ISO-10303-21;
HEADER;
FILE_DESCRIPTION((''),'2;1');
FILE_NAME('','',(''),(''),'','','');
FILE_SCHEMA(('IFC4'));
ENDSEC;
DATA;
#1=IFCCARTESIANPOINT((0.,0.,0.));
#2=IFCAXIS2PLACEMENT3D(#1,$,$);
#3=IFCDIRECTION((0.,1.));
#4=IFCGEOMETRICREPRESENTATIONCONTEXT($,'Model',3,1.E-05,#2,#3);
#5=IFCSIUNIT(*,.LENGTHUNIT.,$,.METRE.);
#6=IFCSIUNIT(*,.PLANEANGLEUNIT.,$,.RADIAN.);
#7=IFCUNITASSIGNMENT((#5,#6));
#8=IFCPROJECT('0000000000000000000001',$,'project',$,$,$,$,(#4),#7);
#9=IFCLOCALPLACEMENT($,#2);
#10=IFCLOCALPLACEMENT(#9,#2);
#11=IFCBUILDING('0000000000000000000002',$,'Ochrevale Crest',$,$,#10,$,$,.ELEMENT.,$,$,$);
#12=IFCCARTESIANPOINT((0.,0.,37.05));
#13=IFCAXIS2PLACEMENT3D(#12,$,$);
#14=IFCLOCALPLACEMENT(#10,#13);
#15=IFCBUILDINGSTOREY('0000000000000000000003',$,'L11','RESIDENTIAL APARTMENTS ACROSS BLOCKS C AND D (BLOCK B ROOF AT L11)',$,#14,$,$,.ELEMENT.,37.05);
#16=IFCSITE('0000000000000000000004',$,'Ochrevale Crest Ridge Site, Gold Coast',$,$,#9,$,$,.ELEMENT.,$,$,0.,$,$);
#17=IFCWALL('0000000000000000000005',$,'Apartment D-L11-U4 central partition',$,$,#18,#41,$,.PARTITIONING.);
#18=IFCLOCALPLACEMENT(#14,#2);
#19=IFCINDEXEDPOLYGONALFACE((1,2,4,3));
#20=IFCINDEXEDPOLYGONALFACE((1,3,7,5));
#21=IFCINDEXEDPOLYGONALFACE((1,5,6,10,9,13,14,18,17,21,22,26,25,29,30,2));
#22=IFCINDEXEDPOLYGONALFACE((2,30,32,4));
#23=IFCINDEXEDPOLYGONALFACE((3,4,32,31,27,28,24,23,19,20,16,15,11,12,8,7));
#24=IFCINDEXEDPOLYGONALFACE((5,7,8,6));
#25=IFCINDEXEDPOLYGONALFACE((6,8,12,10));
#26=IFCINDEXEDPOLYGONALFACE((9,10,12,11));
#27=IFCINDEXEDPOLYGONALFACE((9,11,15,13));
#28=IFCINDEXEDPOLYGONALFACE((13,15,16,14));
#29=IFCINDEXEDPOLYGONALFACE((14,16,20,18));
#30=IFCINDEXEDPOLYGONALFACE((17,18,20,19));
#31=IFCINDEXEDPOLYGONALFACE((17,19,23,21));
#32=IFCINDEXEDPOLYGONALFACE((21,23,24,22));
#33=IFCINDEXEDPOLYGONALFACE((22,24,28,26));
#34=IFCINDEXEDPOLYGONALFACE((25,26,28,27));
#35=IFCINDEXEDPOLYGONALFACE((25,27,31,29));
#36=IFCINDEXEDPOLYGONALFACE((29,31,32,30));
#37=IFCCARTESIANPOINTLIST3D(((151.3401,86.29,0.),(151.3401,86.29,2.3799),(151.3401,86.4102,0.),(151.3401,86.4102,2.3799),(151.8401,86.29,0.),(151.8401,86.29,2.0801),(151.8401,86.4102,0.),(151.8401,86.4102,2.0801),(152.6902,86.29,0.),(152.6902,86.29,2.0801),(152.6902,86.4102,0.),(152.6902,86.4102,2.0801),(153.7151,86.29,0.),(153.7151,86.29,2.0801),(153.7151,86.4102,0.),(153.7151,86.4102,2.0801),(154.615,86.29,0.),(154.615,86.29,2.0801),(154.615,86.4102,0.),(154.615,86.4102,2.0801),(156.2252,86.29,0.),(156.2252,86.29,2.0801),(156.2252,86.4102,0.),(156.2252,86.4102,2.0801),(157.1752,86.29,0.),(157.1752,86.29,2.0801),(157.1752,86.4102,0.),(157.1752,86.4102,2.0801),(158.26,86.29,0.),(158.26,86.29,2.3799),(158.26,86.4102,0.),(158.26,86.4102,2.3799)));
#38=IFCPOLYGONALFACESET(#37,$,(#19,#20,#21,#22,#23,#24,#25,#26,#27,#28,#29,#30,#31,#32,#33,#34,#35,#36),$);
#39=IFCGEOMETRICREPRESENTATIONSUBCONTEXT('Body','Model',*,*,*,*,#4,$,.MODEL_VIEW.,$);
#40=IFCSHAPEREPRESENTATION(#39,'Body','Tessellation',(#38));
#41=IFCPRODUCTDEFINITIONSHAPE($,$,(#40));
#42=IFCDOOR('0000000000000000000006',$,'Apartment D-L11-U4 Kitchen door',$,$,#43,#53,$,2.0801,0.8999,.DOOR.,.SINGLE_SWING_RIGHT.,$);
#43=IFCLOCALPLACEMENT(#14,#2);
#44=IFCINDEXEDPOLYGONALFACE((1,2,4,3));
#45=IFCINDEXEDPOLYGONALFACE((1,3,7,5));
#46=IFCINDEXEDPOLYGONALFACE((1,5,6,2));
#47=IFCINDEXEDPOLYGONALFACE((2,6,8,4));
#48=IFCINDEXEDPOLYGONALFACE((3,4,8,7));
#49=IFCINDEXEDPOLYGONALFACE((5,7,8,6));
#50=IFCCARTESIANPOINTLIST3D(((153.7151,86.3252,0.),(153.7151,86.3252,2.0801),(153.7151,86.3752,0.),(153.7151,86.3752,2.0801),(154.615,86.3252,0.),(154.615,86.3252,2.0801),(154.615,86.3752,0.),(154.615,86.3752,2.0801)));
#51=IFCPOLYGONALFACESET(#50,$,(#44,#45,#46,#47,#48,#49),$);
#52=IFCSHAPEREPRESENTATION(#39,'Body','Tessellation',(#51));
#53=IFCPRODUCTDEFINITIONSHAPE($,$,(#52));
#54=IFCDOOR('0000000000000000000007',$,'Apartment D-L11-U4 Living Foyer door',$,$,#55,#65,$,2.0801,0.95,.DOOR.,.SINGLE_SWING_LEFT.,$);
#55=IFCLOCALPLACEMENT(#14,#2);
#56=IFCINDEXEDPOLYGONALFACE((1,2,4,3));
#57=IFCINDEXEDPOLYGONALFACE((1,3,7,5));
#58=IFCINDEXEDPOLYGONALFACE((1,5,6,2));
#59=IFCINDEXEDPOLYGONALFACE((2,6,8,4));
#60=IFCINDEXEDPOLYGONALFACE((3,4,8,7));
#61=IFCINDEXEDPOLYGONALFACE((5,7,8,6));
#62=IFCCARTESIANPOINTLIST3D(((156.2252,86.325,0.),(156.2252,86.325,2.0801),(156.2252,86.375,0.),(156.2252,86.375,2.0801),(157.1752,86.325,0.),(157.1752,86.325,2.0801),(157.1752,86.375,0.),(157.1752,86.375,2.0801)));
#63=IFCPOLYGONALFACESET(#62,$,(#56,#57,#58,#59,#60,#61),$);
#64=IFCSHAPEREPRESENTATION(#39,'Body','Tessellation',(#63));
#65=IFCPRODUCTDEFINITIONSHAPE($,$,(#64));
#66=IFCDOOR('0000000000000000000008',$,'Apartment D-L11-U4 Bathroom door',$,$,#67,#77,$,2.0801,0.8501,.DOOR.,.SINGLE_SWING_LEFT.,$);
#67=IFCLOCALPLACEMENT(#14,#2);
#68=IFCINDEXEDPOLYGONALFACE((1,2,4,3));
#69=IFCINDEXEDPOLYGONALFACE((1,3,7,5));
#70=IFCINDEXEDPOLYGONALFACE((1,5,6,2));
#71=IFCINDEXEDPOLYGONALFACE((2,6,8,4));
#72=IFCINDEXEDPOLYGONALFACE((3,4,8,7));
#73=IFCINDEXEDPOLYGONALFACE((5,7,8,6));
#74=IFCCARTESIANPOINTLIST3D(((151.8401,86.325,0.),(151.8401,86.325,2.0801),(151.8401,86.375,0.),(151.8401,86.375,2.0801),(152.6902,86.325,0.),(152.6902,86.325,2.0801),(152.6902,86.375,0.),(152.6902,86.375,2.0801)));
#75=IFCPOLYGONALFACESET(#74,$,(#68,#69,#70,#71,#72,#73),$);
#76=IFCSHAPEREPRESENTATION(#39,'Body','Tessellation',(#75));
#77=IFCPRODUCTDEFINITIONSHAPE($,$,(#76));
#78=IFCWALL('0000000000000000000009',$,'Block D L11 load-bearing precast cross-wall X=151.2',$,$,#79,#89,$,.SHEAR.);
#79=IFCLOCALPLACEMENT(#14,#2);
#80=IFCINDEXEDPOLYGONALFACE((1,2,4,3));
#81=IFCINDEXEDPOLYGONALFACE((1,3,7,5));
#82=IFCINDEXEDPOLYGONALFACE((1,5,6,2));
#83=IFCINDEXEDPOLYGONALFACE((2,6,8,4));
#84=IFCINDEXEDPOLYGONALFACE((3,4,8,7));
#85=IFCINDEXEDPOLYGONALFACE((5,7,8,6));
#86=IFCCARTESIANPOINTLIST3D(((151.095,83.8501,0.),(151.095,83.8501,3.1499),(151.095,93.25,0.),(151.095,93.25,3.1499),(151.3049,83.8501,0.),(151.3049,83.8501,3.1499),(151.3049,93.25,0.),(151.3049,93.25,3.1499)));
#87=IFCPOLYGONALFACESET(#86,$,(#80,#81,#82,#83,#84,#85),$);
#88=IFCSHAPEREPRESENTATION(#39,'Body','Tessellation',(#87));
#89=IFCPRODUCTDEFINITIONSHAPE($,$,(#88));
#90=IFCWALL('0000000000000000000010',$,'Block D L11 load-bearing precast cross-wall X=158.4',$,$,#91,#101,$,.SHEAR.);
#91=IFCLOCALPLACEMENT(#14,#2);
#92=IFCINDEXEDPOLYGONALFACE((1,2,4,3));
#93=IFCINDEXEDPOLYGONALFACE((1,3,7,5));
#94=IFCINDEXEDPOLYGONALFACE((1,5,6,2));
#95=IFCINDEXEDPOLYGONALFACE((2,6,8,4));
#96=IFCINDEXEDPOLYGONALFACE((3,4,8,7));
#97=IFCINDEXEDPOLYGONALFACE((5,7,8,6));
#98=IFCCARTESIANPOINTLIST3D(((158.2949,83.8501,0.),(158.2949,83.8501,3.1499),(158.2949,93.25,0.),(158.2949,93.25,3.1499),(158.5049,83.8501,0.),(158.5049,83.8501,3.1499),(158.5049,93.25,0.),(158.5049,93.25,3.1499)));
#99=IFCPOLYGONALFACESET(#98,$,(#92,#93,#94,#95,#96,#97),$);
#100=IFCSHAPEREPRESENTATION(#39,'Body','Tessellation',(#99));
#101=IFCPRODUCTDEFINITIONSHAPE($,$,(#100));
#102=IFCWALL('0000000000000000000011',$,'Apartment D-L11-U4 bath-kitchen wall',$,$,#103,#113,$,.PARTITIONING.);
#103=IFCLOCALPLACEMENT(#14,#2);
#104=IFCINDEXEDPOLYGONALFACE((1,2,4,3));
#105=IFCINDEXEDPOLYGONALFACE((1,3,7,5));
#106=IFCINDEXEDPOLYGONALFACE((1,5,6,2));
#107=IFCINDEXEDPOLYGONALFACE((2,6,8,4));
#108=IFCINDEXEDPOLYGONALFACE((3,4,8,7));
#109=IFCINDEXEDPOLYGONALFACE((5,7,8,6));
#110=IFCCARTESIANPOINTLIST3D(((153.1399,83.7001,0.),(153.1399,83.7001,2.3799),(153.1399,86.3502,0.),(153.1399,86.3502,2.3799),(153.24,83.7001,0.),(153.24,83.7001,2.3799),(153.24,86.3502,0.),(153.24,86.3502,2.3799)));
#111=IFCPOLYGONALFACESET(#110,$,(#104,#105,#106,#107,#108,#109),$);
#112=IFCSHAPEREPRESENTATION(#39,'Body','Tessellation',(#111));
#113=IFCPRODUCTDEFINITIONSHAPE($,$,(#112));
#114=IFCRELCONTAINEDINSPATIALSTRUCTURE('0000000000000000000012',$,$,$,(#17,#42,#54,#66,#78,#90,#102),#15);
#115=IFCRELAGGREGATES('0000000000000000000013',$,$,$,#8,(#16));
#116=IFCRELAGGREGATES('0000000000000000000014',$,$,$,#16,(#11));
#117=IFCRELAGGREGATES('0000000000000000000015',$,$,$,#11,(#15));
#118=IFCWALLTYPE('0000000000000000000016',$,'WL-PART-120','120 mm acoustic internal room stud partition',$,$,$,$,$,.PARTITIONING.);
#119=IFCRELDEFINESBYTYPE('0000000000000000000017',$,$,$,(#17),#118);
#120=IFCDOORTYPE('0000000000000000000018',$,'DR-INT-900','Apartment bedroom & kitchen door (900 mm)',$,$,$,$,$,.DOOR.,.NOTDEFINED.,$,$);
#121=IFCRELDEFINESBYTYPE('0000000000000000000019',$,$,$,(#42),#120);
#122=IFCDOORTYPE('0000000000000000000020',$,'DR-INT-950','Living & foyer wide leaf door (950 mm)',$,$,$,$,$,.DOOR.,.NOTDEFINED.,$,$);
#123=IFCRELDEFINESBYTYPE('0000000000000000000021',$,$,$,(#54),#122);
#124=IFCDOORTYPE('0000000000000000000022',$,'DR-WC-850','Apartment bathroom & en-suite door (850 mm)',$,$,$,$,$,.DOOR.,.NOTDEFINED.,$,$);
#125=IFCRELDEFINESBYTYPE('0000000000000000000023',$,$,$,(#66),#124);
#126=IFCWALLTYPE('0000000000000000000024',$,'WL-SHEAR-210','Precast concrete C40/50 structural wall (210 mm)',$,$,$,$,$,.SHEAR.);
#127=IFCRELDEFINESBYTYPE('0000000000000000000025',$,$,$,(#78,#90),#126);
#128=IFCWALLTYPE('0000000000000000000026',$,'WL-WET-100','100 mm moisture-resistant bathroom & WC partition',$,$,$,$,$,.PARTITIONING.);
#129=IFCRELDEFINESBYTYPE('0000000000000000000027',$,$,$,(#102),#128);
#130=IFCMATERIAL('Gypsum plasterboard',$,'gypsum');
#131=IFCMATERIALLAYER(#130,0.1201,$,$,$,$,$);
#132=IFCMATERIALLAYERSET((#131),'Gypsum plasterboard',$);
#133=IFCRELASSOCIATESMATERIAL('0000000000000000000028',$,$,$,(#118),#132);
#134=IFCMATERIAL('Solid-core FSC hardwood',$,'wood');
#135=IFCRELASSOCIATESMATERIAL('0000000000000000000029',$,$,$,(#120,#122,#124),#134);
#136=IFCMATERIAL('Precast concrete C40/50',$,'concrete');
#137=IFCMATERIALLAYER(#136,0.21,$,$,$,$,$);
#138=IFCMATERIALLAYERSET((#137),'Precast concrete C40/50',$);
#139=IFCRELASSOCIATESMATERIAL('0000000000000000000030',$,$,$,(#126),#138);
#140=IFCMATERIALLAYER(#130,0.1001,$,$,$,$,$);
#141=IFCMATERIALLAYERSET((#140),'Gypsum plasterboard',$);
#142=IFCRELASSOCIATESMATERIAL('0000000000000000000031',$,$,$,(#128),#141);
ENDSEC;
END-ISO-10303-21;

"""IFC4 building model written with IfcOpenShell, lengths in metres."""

from ifc_helpers import new_model, si_unit, direction, frame, frame_2d, origin, place, context, subcontext, project, spatial, rectangle, extrude, material, layer, layer_set, type_object, element, fill, save


model = new_model("IFC4")

# Units and contexts
model_context = context("Model", 3, precision=1e-05, world=origin(), true_north=direction((0.0, 1.0)))
body_context = subcontext(model_context, "Body", "Model", "MODEL_VIEW")
ifc_project = project(units=[si_unit("LENGTHUNIT", "METRE"), si_unit("PLANEANGLEUNIT", "RADIAN")], contexts=[model_context])

# Site, building, storey
site_placement = place(None, origin())
site = spatial("IfcSite", under=ifc_project, at=site_placement, Name="Ochrevale Crest Ridge Site, Gold Coast", CompositionType="ELEMENT", RefElevation=0.0)
building_placement = place(site_placement, origin())
building = spatial("IfcBuilding", under=site, at=building_placement, Name="Ochrevale Crest", CompositionType="ELEMENT")
storey_placement = place(building_placement, frame((0.0, 0.0, 37.05)))
storey = spatial("IfcBuildingStorey", under=building, at=storey_placement, Name="L11", Description="RESIDENTIAL APARTMENTS ACROSS BLOCKS C AND D (BLOCK B ROOF AT L11)", CompositionType="ELEMENT", Elevation=37.05)

# Shared definitions
ifc_material_1 = material(Name="Gypsum plasterboard", Category="gypsum")
ifc_material_2 = material(Name="Solid-core FSC hardwood", Category="wood")

# Shared definitions
ifc_layer_1 = layer(ifc_material_1, 0.1201)
ifc_layer_set_1 = layer_set([ifc_layer_1], Name="Gypsum plasterboard")
wall_type_1 = type_object("IfcWallType", Name="WL-PART-120", Description="120 mm acoustic internal room stud partition", PredefinedType="PARTITIONING", material=ifc_layer_set_1)

# Wall, openings, doors
wall_1_placement = place(storey_placement, frame((151.3401, 86.3501, 0.0), z_axis=(0.0, 0.0, 1.0), x_axis=(1.0, 0.0, 0.0)))
wall_1 = element("IfcWall", 1, at=wall_1_placement, inside=storey, type_object=wall_type_1, Name="Apartment D-L11-U4 central partition", PredefinedType="PARTITIONING", context=body_context, shape_type="SweptSolid", body=[
    extrude(rectangle(XDim=6.9199, YDim=0.1201, at=frame_2d((3.46, 0.0))), origin(), (0.0, 0.0, 1.0), 2.3799),
])
opening_1_placement = place(wall_1_placement, frame((0.5, 0.0, 0.0)))
opening_1 = element("IfcOpeningElement", 2, at=opening_1_placement, cuts=wall_1, PredefinedType="OPENING", context=body_context, shape_type="SweptSolid", body=[
    extrude(rectangle(XDim=0.8501, YDim=2.0801, at=frame_2d((0.425, 1.04))), frame((0.0, 0.0701, 0.0), z_axis=(0.0, -1.0, 0.0), x_axis=(1.0, 0.0, 0.0)), (0.0, 0.0, 1.0), 0.1401),
])
opening_2_placement = place(wall_1_placement, frame((3.2749, 0.0, 0.0), z_axis=(0.0, 0.0, 1.0), x_axis=(-1.0, 0.0, 0.0)))
opening_2 = element("IfcOpeningElement", 3, at=opening_2_placement, cuts=wall_1, PredefinedType="OPENING", context=body_context, shape_type="SweptSolid", body=[
    extrude(rectangle(XDim=0.8999, YDim=2.0801, at=frame_2d((0.45, 1.04))), frame((0.0, 0.0701, 0.0), z_axis=(0.0, -1.0, 0.0), x_axis=(1.0, 0.0, 0.0)), (0.0, 0.0, 1.0), 0.1401),
])
opening_3_placement = place(wall_1_placement, frame((4.885, 0.0, 0.0)))
opening_3 = element("IfcOpeningElement", 4, at=opening_3_placement, cuts=wall_1, PredefinedType="OPENING", context=body_context, shape_type="SweptSolid", body=[
    extrude(rectangle(XDim=0.95, YDim=2.0801, at=frame_2d((0.4751, 1.04))), frame((0.0, 0.0701, 0.0), z_axis=(0.0, -1.0, 0.0), x_axis=(1.0, 0.0, 0.0)), (0.0, 0.0, 1.0), 0.1401),
])
door_type_1 = type_object("IfcDoorType", Name="DR-INT-900", Description="Apartment bedroom & kitchen door (900 mm)", OperationType="NOTDEFINED", PredefinedType="DOOR", material=ifc_material_2)
door_1_placement = place(opening_2_placement, origin())
door_1 = element("IfcDoor", 5, at=door_1_placement, inside=storey, type_object=door_type_1, Name="Apartment D-L11-U4 Kitchen door", OperationType="SINGLE_SWING_RIGHT", OverallHeight=2.0801, OverallWidth=0.8999, PredefinedType="DOOR", context=body_context, shape_type="SweptSolid", body=[
    extrude(rectangle(XDim=0.8999, YDim=2.0801, at=frame_2d((0.45, 1.04))), frame((0.0, 0.0249, 0.0), z_axis=(0.0, -1.0, 0.0), x_axis=(1.0, 0.0, 0.0)), (0.0, 0.0, 1.0), 0.05),
])
fill(opening_2, door_1)
door_type_2 = type_object("IfcDoorType", Name="DR-INT-950", Description="Living & foyer wide leaf door (950 mm)", OperationType="NOTDEFINED", PredefinedType="DOOR", material=ifc_material_2)
door_2_placement = place(opening_3_placement, origin())
door_2 = element("IfcDoor", 6, at=door_2_placement, inside=storey, type_object=door_type_2, Name="Apartment D-L11-U4 Living Foyer door", OperationType="SINGLE_SWING_LEFT", OverallHeight=2.0801, OverallWidth=0.95, PredefinedType="DOOR", context=body_context, shape_type="SweptSolid", body=[
    extrude(rectangle(XDim=0.95, YDim=2.0801, at=frame_2d((0.4751, 1.04))), frame((0.0, 0.0249, 0.0), z_axis=(0.0, -1.0, 0.0), x_axis=(1.0, 0.0, 0.0)), (0.0, 0.0, 1.0), 0.05),
])
fill(opening_3, door_2)
door_type_3 = type_object("IfcDoorType", Name="DR-WC-850", Description="Apartment bathroom & en-suite door (850 mm)", OperationType="NOTDEFINED", PredefinedType="DOOR", material=ifc_material_2)
door_3_placement = place(opening_1_placement, origin())
door_3 = element("IfcDoor", 7, at=door_3_placement, inside=storey, type_object=door_type_3, Name="Apartment D-L11-U4 Bathroom door", OperationType="SINGLE_SWING_LEFT", OverallHeight=2.0801, OverallWidth=0.8501, PredefinedType="DOOR", context=body_context, shape_type="SweptSolid", body=[
    extrude(rectangle(XDim=0.8501, YDim=2.0801, at=frame_2d((0.425, 1.04))), frame((0.0, 0.0249, 0.0), z_axis=(0.0, -1.0, 0.0), x_axis=(1.0, 0.0, 0.0)), (0.0, 0.0, 1.0), 0.05),
])
fill(opening_1, door_3)

# Walls
ifc_material_3 = material(Name="Precast concrete C40/50", Category="concrete")
ifc_layer_2 = layer(ifc_material_3, 0.21)
ifc_layer_set_2 = layer_set([ifc_layer_2], Name="Precast concrete C40/50")
wall_type_2 = type_object("IfcWallType", Name="WL-SHEAR-210", Description="Precast concrete C40/50 structural wall (210 mm)", PredefinedType="SHEAR", material=ifc_layer_set_2)
for number, where, z_axis, x_axis, name in (
    (8, (151.2, 83.8501, 0.0), (0.0, 0.0, 1.0), (0.0, 1.0, 0.0), "Block D L11 load-bearing precast cross-wall X=151.2"),
    (9, (158.3999, 83.8501, 0.0), (0.0, 0.0, 1.0), (0.0, 1.0, 0.0), "Block D L11 load-bearing precast cross-wall X=158.4"),
):
    element("IfcWall", number, at=place(storey_placement, frame(where, z_axis=z_axis, x_axis=x_axis)), inside=storey, type_object=wall_type_2, Name=name, PredefinedType="SHEAR", context=body_context, shape_type="SweptSolid", body=[
        extrude(rectangle(XDim=9.3999, YDim=0.21, at=frame_2d((4.7, 0.0))), origin(), (0.0, 0.0, 1.0), 3.1499),
    ])
ifc_layer_3 = layer(ifc_material_1, 0.1001)
ifc_layer_set_3 = layer_set([ifc_layer_3], Name="Gypsum plasterboard")
wall_type_3 = type_object("IfcWallType", Name="WL-WET-100", Description="100 mm moisture-resistant bathroom & WC partition", PredefinedType="PARTITIONING", material=ifc_layer_set_3)
wall_2_placement = place(storey_placement, frame((153.1899, 83.7, 0.0), z_axis=(0.0, 0.0, 1.0), x_axis=(0.0, 1.0, 0.0)))
element("IfcWall", 10, at=wall_2_placement, inside=storey, type_object=wall_type_3, Name="Apartment D-L11-U4 bath-kitchen wall", PredefinedType="PARTITIONING", context=body_context, shape_type="SweptSolid", body=[
    extrude(rectangle(XDim=2.6501, YDim=0.1001, at=frame_2d((1.3252, 0.0))), origin(), (0.0, 0.0, 1.0), 2.3799),
])

save(model, "model.ifc")
